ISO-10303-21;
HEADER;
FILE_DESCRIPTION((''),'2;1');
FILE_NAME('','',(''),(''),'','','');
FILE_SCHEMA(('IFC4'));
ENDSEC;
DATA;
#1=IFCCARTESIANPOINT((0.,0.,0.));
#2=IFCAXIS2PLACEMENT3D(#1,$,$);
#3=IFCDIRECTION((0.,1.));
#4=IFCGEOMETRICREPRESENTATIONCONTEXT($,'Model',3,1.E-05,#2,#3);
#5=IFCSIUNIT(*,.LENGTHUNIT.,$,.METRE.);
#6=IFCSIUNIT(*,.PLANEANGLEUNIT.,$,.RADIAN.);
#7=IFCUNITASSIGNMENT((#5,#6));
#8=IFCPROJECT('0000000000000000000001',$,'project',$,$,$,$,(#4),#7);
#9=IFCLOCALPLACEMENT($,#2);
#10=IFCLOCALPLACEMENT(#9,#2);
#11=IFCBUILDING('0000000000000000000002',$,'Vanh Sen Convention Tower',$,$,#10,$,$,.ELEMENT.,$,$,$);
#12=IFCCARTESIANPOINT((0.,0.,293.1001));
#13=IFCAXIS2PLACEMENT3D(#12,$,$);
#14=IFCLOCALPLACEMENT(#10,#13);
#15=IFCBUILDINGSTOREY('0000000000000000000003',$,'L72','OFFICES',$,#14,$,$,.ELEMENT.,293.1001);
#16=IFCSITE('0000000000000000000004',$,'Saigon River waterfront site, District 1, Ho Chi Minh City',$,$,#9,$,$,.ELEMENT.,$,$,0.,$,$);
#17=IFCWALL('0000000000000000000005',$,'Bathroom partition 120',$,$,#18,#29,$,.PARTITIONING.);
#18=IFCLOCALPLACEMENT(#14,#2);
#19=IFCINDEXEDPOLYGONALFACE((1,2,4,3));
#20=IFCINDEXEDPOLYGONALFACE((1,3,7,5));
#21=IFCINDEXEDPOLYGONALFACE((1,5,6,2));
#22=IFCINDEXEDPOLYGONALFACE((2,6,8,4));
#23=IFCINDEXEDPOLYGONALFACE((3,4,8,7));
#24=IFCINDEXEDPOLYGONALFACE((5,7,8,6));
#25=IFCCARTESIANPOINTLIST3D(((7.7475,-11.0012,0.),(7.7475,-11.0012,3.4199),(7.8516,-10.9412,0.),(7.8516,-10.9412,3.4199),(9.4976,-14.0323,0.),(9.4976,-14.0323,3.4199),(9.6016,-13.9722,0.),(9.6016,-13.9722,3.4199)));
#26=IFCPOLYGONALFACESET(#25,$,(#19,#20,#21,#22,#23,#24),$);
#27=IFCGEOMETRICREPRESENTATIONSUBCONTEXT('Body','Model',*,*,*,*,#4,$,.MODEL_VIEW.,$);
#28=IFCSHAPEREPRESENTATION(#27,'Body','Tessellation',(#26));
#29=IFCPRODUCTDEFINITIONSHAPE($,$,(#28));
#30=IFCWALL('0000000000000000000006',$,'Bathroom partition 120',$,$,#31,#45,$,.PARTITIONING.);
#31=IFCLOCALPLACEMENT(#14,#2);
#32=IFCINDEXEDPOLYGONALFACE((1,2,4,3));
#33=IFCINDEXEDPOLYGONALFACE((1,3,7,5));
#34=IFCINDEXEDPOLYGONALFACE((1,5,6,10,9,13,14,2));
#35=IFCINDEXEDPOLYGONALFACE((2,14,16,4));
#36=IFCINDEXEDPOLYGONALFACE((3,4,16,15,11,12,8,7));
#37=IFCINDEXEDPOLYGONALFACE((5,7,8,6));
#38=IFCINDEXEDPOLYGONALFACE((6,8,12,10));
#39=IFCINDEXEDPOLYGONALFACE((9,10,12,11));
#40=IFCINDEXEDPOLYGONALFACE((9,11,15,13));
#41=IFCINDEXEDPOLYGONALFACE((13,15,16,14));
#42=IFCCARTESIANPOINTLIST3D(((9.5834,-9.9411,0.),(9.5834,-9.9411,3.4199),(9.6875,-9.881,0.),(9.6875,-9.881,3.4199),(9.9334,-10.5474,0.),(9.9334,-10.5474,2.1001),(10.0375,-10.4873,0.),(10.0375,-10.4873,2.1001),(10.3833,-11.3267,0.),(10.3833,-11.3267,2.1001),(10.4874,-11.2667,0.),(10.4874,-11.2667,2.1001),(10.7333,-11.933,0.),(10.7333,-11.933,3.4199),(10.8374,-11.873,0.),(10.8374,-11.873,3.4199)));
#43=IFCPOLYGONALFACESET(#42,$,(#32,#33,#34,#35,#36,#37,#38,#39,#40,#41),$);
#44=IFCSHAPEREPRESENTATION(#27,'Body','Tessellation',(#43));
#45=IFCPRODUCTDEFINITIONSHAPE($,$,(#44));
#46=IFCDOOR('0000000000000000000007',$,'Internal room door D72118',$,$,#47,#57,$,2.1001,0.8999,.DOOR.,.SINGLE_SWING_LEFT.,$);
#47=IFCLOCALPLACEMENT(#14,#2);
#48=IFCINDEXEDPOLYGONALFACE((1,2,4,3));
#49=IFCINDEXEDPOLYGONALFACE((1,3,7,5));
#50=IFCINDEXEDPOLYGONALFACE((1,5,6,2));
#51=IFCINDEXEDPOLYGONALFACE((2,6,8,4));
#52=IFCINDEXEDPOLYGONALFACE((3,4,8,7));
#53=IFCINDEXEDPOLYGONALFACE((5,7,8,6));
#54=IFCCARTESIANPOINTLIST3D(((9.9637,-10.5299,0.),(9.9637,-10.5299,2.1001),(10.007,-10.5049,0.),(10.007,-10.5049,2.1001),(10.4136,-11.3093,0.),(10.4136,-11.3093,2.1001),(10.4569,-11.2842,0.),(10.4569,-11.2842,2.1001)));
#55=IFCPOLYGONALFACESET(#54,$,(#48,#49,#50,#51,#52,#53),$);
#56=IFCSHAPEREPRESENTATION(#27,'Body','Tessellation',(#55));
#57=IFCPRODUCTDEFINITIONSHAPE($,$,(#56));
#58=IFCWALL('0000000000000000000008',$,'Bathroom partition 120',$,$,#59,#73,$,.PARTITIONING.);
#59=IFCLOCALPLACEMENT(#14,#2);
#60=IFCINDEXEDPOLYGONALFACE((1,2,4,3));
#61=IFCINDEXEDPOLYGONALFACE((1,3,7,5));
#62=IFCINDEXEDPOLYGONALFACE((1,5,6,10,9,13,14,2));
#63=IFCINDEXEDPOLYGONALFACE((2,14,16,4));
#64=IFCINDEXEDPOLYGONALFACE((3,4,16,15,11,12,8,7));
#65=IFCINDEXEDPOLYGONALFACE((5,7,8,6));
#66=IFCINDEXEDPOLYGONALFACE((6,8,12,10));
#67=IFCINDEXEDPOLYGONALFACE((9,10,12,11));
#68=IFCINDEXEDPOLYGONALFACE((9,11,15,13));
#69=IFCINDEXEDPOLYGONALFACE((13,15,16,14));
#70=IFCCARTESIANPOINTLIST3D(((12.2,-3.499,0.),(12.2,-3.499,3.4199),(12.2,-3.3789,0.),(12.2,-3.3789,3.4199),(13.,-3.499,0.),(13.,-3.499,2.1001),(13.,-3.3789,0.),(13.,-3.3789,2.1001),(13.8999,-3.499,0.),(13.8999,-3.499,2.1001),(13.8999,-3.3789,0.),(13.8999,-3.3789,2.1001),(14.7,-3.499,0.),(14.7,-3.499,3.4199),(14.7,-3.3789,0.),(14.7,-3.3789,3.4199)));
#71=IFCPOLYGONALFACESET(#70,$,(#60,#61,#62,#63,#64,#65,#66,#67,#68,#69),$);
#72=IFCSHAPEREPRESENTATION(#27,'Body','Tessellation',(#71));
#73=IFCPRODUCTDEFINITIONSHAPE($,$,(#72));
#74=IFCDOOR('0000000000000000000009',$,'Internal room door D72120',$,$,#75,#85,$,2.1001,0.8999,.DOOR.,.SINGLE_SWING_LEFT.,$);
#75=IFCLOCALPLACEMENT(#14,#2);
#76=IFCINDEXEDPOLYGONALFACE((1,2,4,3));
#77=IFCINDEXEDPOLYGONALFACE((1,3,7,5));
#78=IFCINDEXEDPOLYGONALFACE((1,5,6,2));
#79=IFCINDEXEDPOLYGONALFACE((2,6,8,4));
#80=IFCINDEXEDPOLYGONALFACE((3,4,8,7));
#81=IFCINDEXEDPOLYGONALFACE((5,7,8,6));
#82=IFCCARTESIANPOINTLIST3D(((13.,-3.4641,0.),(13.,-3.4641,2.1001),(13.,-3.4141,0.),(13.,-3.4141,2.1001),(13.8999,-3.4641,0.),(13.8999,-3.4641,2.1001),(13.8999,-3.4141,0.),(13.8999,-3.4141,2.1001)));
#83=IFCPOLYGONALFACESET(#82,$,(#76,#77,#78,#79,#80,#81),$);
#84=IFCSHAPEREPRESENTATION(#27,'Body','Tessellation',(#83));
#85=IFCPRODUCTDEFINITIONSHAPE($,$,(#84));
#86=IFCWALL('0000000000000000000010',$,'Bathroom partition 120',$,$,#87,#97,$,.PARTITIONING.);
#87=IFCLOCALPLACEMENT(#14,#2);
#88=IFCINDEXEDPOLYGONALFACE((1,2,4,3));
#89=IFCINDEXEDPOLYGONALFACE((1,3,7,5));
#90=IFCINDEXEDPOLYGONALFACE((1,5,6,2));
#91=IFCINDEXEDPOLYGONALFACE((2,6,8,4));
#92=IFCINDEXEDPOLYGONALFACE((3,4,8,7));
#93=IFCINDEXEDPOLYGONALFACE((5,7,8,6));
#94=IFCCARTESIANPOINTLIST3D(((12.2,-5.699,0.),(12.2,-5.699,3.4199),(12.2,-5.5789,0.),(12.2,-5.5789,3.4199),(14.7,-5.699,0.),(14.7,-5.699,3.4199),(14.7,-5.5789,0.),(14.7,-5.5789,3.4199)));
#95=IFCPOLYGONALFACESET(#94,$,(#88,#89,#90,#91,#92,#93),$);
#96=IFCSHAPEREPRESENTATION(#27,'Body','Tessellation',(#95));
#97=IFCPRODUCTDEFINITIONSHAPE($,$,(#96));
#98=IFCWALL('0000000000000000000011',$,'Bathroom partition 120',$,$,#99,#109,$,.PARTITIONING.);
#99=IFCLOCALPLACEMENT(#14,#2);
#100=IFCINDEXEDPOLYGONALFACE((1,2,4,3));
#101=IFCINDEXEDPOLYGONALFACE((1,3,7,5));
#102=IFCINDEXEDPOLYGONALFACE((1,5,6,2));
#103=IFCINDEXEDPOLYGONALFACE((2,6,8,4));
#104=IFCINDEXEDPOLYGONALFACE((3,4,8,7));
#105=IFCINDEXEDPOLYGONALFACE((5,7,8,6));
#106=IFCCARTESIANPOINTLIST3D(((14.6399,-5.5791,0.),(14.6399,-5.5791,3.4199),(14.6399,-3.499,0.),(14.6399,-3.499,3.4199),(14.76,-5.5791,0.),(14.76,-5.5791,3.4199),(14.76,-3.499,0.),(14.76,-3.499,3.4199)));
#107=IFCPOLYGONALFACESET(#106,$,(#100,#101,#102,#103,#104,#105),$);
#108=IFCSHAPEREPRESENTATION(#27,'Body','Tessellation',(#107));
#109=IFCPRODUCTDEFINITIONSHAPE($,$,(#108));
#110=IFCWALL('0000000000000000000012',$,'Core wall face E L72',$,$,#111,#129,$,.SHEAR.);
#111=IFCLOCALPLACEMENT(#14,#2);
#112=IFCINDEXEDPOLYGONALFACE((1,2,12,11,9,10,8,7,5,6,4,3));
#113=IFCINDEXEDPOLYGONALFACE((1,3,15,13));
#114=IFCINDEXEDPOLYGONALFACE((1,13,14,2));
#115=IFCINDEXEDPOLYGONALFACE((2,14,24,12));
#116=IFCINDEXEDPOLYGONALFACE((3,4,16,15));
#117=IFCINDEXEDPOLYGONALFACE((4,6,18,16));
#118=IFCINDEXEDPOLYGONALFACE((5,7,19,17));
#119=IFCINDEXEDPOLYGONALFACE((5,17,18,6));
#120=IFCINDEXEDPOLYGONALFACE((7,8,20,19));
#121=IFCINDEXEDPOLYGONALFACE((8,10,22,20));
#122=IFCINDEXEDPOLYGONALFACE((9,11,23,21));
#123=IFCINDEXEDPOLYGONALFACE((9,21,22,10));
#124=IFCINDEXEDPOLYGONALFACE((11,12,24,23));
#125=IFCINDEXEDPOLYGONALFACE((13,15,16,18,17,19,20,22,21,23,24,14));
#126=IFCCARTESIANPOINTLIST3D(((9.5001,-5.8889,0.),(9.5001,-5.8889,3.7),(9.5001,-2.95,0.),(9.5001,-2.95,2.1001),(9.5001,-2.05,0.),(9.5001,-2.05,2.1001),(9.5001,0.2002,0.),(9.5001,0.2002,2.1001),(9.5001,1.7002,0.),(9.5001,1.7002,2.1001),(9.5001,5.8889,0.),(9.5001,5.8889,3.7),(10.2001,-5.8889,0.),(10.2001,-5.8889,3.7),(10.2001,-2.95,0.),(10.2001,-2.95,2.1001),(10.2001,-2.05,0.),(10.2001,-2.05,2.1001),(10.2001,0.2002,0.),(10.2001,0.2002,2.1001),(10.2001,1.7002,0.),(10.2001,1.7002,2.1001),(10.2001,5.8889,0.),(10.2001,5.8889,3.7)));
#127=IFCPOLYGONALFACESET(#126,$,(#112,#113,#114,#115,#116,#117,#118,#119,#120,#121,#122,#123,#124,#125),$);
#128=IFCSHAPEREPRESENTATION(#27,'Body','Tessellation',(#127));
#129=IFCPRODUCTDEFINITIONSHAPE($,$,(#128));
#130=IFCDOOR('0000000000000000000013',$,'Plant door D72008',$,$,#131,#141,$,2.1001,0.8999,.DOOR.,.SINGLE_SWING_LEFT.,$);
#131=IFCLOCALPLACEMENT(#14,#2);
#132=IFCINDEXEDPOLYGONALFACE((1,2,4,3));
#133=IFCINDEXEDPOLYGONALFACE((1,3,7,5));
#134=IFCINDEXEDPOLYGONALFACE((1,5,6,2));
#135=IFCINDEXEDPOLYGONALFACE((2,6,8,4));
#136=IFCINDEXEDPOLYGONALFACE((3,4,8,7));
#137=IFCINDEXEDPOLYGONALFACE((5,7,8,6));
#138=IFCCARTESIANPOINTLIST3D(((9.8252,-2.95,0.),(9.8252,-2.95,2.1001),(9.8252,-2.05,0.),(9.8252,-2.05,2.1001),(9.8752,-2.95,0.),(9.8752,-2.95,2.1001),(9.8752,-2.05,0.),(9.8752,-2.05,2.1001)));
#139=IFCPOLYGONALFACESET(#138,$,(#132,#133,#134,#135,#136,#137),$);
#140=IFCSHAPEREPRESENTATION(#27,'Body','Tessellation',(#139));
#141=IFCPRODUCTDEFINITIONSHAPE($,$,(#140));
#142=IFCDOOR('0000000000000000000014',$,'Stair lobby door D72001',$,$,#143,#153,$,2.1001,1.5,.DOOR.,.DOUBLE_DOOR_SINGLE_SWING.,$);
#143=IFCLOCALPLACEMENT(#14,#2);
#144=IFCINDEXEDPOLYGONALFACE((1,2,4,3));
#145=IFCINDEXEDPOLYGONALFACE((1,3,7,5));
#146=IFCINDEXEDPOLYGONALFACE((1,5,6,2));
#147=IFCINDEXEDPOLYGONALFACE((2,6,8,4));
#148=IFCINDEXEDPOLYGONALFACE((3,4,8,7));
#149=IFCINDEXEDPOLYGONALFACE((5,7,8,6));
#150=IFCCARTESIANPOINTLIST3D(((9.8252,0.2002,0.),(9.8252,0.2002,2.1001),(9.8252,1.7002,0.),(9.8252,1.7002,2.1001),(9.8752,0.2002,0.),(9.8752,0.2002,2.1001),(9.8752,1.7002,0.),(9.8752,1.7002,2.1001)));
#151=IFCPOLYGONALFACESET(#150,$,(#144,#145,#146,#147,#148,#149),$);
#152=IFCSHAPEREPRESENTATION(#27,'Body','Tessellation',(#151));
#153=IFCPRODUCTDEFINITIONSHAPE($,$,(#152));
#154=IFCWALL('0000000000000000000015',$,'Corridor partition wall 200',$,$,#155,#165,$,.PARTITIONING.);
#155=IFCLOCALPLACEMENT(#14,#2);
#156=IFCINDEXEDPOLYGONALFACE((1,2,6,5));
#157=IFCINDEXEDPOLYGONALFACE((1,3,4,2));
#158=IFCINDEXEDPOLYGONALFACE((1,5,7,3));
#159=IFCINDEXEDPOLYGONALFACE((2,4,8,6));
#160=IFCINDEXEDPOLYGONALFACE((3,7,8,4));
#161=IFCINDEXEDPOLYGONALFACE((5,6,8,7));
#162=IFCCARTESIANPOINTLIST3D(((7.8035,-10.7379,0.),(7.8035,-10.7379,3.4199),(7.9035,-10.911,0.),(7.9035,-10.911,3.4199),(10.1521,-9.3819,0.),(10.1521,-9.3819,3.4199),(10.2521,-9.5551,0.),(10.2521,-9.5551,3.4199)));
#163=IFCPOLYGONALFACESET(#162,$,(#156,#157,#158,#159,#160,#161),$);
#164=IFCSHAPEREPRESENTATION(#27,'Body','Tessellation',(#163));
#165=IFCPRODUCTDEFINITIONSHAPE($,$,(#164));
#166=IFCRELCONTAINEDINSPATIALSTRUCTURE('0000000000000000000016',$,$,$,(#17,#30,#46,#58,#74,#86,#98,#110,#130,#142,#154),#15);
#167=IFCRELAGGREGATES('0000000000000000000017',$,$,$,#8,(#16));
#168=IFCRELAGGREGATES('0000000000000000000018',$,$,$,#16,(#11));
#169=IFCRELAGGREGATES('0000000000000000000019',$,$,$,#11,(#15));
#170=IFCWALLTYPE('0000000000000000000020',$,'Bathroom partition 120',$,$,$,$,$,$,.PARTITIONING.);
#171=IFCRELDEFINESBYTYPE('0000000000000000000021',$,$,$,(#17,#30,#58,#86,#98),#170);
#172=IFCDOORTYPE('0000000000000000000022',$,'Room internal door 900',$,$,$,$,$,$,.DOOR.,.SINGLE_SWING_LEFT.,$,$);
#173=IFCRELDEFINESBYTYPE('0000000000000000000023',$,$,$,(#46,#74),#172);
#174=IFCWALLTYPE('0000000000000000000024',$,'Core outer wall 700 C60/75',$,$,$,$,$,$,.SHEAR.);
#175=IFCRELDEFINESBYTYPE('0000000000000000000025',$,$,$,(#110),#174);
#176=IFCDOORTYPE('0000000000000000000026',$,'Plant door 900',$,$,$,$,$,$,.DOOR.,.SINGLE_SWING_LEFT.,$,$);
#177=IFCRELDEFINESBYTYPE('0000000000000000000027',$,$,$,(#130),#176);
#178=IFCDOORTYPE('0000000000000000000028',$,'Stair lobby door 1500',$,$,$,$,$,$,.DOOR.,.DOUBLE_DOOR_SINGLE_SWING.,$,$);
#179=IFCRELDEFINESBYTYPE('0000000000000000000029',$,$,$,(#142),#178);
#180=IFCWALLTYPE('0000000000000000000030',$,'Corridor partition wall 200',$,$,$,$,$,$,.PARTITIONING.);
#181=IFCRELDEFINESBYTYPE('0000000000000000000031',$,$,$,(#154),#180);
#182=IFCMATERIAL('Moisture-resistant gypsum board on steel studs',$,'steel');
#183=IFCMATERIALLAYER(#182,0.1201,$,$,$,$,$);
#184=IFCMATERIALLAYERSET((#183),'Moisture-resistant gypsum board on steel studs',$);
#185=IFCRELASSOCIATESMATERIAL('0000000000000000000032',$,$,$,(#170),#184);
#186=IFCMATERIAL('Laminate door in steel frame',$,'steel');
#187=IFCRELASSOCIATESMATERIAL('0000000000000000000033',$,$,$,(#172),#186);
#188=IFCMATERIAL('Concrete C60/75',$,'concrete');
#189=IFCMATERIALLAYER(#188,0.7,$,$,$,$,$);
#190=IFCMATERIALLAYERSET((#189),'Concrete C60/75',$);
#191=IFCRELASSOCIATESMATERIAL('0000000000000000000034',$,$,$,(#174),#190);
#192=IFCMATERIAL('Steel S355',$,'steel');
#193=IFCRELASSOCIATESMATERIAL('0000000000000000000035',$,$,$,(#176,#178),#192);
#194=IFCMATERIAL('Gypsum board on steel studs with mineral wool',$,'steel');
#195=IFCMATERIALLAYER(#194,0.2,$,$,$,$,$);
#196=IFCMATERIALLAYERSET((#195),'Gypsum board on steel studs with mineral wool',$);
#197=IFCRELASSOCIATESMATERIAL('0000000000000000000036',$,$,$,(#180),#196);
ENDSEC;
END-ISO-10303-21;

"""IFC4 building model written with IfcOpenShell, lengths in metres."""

from ifc_helpers import new_model, si_unit, direction, frame, frame_2d, origin, place, context, subcontext, project, spatial, rectangle, extrude, material, layer, layer_set, type_object, element, fill, save


model = new_model("IFC4")

# Units and contexts
model_context = context("Model", 3, precision=1e-05, world=origin(), true_north=direction((0.0, 1.0)))
body_context = subcontext(model_context, "Body", "Model", "MODEL_VIEW")
ifc_project = project(units=[si_unit("LENGTHUNIT", "METRE"), si_unit("PLANEANGLEUNIT", "RADIAN")], contexts=[model_context])

# Site, building, storey
site_placement = place(None, origin())
site = spatial("IfcSite", under=ifc_project, at=site_placement, Name="Saigon River waterfront site, District 1, Ho Chi Minh City", CompositionType="ELEMENT", RefElevation=0.0)
building_placement = place(site_placement, origin())
building = spatial("IfcBuilding", under=site, at=building_placement, Name="Vanh Sen Convention Tower", CompositionType="ELEMENT")
storey_placement = place(building_placement, frame((0.0, 0.0, 293.1001)))
storey = spatial("IfcBuildingStorey", under=building, at=storey_placement, Name="L72", Description="OFFICES", CompositionType="ELEMENT", Elevation=293.1001)

# Wall
ifc_material_1 = material(Name="Moisture-resistant gypsum board on steel studs", Category="steel")
ifc_layer_1 = layer(ifc_material_1, 0.1201)
ifc_layer_set_1 = layer_set([ifc_layer_1], Name="Moisture-resistant gypsum board on steel studs")
wall_type_1 = type_object("IfcWallType", Name="Bathroom partition 120", PredefinedType="PARTITIONING", material=ifc_layer_set_1)
wall_1_placement = place(storey_placement, frame((7.7996, -10.9712, 0.0), z_axis=(0.0, 0.0, 1.0), x_axis=(0.50001, -0.866019, 0.0)))
element("IfcWall", 1, at=wall_1_placement, inside=storey, type_object=wall_type_1, Name="Bathroom partition 120", PredefinedType="PARTITIONING", context=body_context, shape_type="SweptSolid", body=[
    extrude(rectangle(XDim=3.5, YDim=0.1201, at=frame_2d((1.75, 0.0))), origin(), (0.0, 0.0, 1.0), 3.4199),
])

# Walls, openings, doors
wall_2_placement = place(storey_placement, frame((9.6355, -9.9111, 0.0), z_axis=(0.0, 0.0, 1.0), x_axis=(0.499952, -0.866053, 0.0)))
wall_2 = element("IfcWall", 2, at=wall_2_placement, inside=storey, type_object=wall_type_1, Name="Bathroom partition 120", PredefinedType="PARTITIONING", context=body_context, shape_type="SweptSolid", body=[
    extrude(rectangle(XDim=2.3, YDim=0.1201, at=frame_2d((1.1499, 0.0))), origin(), (0.0, 0.0, 1.0), 3.4199),
])
opening_1_placement = place(wall_2_placement, frame((0.7, 0.0, 0.0)))
opening_1 = element("IfcOpeningElement", 3, at=opening_1_placement, cuts=wall_2, PredefinedType="OPENING", context=body_context, shape_type="SweptSolid", body=[
    extrude(rectangle(XDim=0.8999, YDim=2.1001, at=frame_2d((0.45, 1.05))), frame((0.0, 0.0701, 0.0), z_axis=(0.0, -1.0, 0.0), x_axis=(1.0, 0.0, 0.0)), (0.0, 0.0, 1.0), 0.1401),
])
ifc_material_2 = material(Name="Laminate door in steel frame", Category="steel")
door_type_1 = type_object("IfcDoorType", Name="Room internal door 900", OperationType="SINGLE_SWING_LEFT", PredefinedType="DOOR", material=ifc_material_2)
door_1_placement = place(opening_1_placement, origin())
door_1 = element("IfcDoor", 4, at=door_1_placement, inside=storey, type_object=door_type_1, Name="Internal room door D72118", OperationType="SINGLE_SWING_LEFT", OverallHeight=2.1001, OverallWidth=0.8999, PredefinedType="DOOR", context=body_context, shape_type="SweptSolid", body=[
    extrude(rectangle(XDim=0.8999, YDim=2.1001, at=frame_2d((0.45, 1.05))), frame((0.0, 0.0249, 0.0), z_axis=(0.0, -1.0, 0.0), x_axis=(1.0, 0.0, 0.0)), (0.0, 0.0, 1.0), 0.05),
])
fill(opening_1, door_1)
wall_3_placement = place(storey_placement, frame((12.2, -3.439, 0.0), z_axis=(0.0, 0.0, 1.0), x_axis=(1.0, 0.0, 0.0)))
wall_3 = element("IfcWall", 5, at=wall_3_placement, inside=storey, type_object=wall_type_1, Name="Bathroom partition 120", PredefinedType="PARTITIONING", context=body_context, shape_type="SweptSolid", body=[
    extrude(rectangle(XDim=2.5, YDim=0.1201, at=frame_2d((1.25, 0.0))), origin(), (0.0, 0.0, 1.0), 3.4199),
])
opening_2_placement = place(wall_3_placement, frame((0.8, 0.0, 0.0)))
opening_2 = element("IfcOpeningElement", 6, at=opening_2_placement, cuts=wall_3, PredefinedType="OPENING", context=body_context, shape_type="SweptSolid", body=[
    extrude(rectangle(XDim=0.8999, YDim=2.1001, at=frame_2d((0.45, 1.05))), frame((0.0, 0.0701, 0.0), z_axis=(0.0, -1.0, 0.0), x_axis=(1.0, 0.0, 0.0)), (0.0, 0.0, 1.0), 0.1401),
])
door_2_placement = place(opening_2_placement, origin())
door_2 = element("IfcDoor", 7, at=door_2_placement, inside=storey, type_object=door_type_1, Name="Internal room door D72120", OperationType="SINGLE_SWING_LEFT", OverallHeight=2.1001, OverallWidth=0.8999, PredefinedType="DOOR", context=body_context, shape_type="SweptSolid", body=[
    extrude(rectangle(XDim=0.8999, YDim=2.1001, at=frame_2d((0.45, 1.05))), frame((0.0, 0.0249, 0.0), z_axis=(0.0, -1.0, 0.0), x_axis=(1.0, 0.0, 0.0)), (0.0, 0.0, 1.0), 0.05),
])
fill(opening_2, door_2)

# Walls
wall_4_placement = place(storey_placement, frame((14.7, -5.6389, 0.0), z_axis=(0.0, 0.0, 1.0), x_axis=(-1.0, 0.0, 0.0)))
element("IfcWall", 8, at=wall_4_placement, inside=storey, type_object=wall_type_1, Name="Bathroom partition 120", PredefinedType="PARTITIONING", context=body_context, shape_type="SweptSolid", body=[
    extrude(rectangle(XDim=2.5, YDim=0.1201, at=frame_2d((1.25, 0.0))), origin(), (0.0, 0.0, 1.0), 3.4199),
])
wall_5_placement = place(storey_placement, frame((14.7, -3.499, 0.0), z_axis=(0.0, 0.0, 1.0), x_axis=(0.0, -1.0, 0.0)))
element("IfcWall", 9, at=wall_5_placement, inside=storey, type_object=wall_type_1, Name="Bathroom partition 120", PredefinedType="PARTITIONING", context=body_context, shape_type="SweptSolid", body=[
    extrude(rectangle(XDim=2.0801, YDim=0.1201, at=frame_2d((1.04, 0.0))), origin(), (0.0, 0.0, 1.0), 3.4199),
])

# Wall, openings, doors
ifc_material_3 = material(Name="Concrete C60/75", Category="concrete")
ifc_layer_2 = layer(ifc_material_3, 0.7)
ifc_layer_set_2 = layer_set([ifc_layer_2], Name="Concrete C60/75")
wall_type_2 = type_object("IfcWallType", Name="Core outer wall 700 C60/75", PredefinedType="SHEAR", material=ifc_layer_set_2)
wall_6_placement = place(storey_placement, frame((9.8501, -5.8889, 0.0), z_axis=(0.0, 0.0, 1.0), x_axis=(0.0, 1.0, 0.0)))
wall_6 = element("IfcWall", 10, at=wall_6_placement, inside=storey, type_object=wall_type_2, Name="Core wall face E L72", PredefinedType="SHEAR", context=body_context, shape_type="SweptSolid", body=[
    extrude(rectangle(XDim=11.7778, YDim=0.7, at=frame_2d((5.8889, 0.0))), origin(), (0.0, 0.0, 1.0), 3.7),
])
opening_3_placement = place(wall_6_placement, frame((6.0891, 0.0, 0.0)))
opening_3 = element("IfcOpeningElement", 11, at=opening_3_placement, cuts=wall_6, PredefinedType="OPENING", context=body_context, shape_type="SweptSolid", body=[
    extrude(rectangle(XDim=1.5, YDim=2.1001, at=frame_2d((0.75, 1.05))), frame((0.0, 0.3599, 0.0), z_axis=(0.0, -1.0, 0.0), x_axis=(1.0, 0.0, 0.0)), (0.0, 0.0, 1.0), 0.72),
])
opening_4_placement = place(wall_6_placement, frame((2.939, 0.0, 0.0)))
opening_4 = element("IfcOpeningElement", 12, at=opening_4_placement, cuts=wall_6, PredefinedType="OPENING", context=body_context, shape_type="SweptSolid", body=[
    extrude(rectangle(XDim=0.8999, YDim=2.1001, at=frame_2d((0.45, 1.05))), frame((0.0, 0.3599, 0.0), z_axis=(0.0, -1.0, 0.0), x_axis=(1.0, 0.0, 0.0)), (0.0, 0.0, 1.0), 0.72),
])
ifc_material_4 = material(Name="Steel S355", Category="steel")
door_type_2 = type_object("IfcDoorType", Name="Plant door 900", OperationType="SINGLE_SWING_LEFT", PredefinedType="DOOR", material=ifc_material_4)
door_3_placement = place(opening_4_placement, origin())
door_3 = element("IfcDoor", 13, at=door_3_placement, inside=storey, type_object=door_type_2, Name="Plant door D72008", OperationType="SINGLE_SWING_LEFT", OverallHeight=2.1001, OverallWidth=0.8999, PredefinedType="DOOR", context=body_context, shape_type="SweptSolid", body=[
    extrude(rectangle(XDim=0.8999, YDim=2.1001, at=frame_2d((0.45, 1.05))), frame((0.0, 0.0249, 0.0), z_axis=(0.0, -1.0, 0.0), x_axis=(1.0, 0.0, 0.0)), (0.0, 0.0, 1.0), 0.05),
])
fill(opening_4, door_3)
door_type_3 = type_object("IfcDoorType", Name="Stair lobby door 1500", OperationType="DOUBLE_DOOR_SINGLE_SWING", PredefinedType="DOOR", material=ifc_material_4)
door_4_placement = place(opening_3_placement, origin())
door_4 = element("IfcDoor", 14, at=door_4_placement, inside=storey, type_object=door_type_3, Name="Stair lobby door D72001", OperationType="DOUBLE_DOOR_SINGLE_SWING", OverallHeight=2.1001, OverallWidth=1.5, PredefinedType="DOOR", context=body_context, shape_type="SweptSolid", body=[
    extrude(rectangle(XDim=1.5, YDim=2.1001, at=frame_2d((0.75, 1.05))), frame((0.0, 0.0249, 0.0), z_axis=(0.0, -1.0, 0.0), x_axis=(1.0, 0.0, 0.0)), (0.0, 0.0, 1.0), 0.05),
])
fill(opening_3, door_4)

# Wall
ifc_material_5 = material(Name="Gypsum board on steel studs with mineral wool", Category="steel")
ifc_layer_3 = layer(ifc_material_5, 0.2)
ifc_layer_set_3 = layer_set([ifc_layer_3], Name="Gypsum board on steel studs with mineral wool")
wall_type_3 = type_object("IfcWallType", Name="Corridor partition wall 200", PredefinedType="PARTITIONING", material=ifc_layer_set_3)
wall_7_placement = place(storey_placement, frame((7.8535, -10.8245, 0.0), z_axis=(0.0, 0.0, 1.0), x_axis=(0.86603, 0.499993, 0.0)))
element("IfcWall", 15, at=wall_7_placement, inside=storey, type_object=wall_type_3, Name="Corridor partition wall 200", PredefinedType="PARTITIONING", context=body_context, shape_type="SweptSolid", body=[
    extrude(rectangle(XDim=2.7119, YDim=0.2, at=frame_2d((1.356, 0.0))), origin(), (0.0, 0.0, 1.0), 3.4199),
])

save(model, "model.ifc")
